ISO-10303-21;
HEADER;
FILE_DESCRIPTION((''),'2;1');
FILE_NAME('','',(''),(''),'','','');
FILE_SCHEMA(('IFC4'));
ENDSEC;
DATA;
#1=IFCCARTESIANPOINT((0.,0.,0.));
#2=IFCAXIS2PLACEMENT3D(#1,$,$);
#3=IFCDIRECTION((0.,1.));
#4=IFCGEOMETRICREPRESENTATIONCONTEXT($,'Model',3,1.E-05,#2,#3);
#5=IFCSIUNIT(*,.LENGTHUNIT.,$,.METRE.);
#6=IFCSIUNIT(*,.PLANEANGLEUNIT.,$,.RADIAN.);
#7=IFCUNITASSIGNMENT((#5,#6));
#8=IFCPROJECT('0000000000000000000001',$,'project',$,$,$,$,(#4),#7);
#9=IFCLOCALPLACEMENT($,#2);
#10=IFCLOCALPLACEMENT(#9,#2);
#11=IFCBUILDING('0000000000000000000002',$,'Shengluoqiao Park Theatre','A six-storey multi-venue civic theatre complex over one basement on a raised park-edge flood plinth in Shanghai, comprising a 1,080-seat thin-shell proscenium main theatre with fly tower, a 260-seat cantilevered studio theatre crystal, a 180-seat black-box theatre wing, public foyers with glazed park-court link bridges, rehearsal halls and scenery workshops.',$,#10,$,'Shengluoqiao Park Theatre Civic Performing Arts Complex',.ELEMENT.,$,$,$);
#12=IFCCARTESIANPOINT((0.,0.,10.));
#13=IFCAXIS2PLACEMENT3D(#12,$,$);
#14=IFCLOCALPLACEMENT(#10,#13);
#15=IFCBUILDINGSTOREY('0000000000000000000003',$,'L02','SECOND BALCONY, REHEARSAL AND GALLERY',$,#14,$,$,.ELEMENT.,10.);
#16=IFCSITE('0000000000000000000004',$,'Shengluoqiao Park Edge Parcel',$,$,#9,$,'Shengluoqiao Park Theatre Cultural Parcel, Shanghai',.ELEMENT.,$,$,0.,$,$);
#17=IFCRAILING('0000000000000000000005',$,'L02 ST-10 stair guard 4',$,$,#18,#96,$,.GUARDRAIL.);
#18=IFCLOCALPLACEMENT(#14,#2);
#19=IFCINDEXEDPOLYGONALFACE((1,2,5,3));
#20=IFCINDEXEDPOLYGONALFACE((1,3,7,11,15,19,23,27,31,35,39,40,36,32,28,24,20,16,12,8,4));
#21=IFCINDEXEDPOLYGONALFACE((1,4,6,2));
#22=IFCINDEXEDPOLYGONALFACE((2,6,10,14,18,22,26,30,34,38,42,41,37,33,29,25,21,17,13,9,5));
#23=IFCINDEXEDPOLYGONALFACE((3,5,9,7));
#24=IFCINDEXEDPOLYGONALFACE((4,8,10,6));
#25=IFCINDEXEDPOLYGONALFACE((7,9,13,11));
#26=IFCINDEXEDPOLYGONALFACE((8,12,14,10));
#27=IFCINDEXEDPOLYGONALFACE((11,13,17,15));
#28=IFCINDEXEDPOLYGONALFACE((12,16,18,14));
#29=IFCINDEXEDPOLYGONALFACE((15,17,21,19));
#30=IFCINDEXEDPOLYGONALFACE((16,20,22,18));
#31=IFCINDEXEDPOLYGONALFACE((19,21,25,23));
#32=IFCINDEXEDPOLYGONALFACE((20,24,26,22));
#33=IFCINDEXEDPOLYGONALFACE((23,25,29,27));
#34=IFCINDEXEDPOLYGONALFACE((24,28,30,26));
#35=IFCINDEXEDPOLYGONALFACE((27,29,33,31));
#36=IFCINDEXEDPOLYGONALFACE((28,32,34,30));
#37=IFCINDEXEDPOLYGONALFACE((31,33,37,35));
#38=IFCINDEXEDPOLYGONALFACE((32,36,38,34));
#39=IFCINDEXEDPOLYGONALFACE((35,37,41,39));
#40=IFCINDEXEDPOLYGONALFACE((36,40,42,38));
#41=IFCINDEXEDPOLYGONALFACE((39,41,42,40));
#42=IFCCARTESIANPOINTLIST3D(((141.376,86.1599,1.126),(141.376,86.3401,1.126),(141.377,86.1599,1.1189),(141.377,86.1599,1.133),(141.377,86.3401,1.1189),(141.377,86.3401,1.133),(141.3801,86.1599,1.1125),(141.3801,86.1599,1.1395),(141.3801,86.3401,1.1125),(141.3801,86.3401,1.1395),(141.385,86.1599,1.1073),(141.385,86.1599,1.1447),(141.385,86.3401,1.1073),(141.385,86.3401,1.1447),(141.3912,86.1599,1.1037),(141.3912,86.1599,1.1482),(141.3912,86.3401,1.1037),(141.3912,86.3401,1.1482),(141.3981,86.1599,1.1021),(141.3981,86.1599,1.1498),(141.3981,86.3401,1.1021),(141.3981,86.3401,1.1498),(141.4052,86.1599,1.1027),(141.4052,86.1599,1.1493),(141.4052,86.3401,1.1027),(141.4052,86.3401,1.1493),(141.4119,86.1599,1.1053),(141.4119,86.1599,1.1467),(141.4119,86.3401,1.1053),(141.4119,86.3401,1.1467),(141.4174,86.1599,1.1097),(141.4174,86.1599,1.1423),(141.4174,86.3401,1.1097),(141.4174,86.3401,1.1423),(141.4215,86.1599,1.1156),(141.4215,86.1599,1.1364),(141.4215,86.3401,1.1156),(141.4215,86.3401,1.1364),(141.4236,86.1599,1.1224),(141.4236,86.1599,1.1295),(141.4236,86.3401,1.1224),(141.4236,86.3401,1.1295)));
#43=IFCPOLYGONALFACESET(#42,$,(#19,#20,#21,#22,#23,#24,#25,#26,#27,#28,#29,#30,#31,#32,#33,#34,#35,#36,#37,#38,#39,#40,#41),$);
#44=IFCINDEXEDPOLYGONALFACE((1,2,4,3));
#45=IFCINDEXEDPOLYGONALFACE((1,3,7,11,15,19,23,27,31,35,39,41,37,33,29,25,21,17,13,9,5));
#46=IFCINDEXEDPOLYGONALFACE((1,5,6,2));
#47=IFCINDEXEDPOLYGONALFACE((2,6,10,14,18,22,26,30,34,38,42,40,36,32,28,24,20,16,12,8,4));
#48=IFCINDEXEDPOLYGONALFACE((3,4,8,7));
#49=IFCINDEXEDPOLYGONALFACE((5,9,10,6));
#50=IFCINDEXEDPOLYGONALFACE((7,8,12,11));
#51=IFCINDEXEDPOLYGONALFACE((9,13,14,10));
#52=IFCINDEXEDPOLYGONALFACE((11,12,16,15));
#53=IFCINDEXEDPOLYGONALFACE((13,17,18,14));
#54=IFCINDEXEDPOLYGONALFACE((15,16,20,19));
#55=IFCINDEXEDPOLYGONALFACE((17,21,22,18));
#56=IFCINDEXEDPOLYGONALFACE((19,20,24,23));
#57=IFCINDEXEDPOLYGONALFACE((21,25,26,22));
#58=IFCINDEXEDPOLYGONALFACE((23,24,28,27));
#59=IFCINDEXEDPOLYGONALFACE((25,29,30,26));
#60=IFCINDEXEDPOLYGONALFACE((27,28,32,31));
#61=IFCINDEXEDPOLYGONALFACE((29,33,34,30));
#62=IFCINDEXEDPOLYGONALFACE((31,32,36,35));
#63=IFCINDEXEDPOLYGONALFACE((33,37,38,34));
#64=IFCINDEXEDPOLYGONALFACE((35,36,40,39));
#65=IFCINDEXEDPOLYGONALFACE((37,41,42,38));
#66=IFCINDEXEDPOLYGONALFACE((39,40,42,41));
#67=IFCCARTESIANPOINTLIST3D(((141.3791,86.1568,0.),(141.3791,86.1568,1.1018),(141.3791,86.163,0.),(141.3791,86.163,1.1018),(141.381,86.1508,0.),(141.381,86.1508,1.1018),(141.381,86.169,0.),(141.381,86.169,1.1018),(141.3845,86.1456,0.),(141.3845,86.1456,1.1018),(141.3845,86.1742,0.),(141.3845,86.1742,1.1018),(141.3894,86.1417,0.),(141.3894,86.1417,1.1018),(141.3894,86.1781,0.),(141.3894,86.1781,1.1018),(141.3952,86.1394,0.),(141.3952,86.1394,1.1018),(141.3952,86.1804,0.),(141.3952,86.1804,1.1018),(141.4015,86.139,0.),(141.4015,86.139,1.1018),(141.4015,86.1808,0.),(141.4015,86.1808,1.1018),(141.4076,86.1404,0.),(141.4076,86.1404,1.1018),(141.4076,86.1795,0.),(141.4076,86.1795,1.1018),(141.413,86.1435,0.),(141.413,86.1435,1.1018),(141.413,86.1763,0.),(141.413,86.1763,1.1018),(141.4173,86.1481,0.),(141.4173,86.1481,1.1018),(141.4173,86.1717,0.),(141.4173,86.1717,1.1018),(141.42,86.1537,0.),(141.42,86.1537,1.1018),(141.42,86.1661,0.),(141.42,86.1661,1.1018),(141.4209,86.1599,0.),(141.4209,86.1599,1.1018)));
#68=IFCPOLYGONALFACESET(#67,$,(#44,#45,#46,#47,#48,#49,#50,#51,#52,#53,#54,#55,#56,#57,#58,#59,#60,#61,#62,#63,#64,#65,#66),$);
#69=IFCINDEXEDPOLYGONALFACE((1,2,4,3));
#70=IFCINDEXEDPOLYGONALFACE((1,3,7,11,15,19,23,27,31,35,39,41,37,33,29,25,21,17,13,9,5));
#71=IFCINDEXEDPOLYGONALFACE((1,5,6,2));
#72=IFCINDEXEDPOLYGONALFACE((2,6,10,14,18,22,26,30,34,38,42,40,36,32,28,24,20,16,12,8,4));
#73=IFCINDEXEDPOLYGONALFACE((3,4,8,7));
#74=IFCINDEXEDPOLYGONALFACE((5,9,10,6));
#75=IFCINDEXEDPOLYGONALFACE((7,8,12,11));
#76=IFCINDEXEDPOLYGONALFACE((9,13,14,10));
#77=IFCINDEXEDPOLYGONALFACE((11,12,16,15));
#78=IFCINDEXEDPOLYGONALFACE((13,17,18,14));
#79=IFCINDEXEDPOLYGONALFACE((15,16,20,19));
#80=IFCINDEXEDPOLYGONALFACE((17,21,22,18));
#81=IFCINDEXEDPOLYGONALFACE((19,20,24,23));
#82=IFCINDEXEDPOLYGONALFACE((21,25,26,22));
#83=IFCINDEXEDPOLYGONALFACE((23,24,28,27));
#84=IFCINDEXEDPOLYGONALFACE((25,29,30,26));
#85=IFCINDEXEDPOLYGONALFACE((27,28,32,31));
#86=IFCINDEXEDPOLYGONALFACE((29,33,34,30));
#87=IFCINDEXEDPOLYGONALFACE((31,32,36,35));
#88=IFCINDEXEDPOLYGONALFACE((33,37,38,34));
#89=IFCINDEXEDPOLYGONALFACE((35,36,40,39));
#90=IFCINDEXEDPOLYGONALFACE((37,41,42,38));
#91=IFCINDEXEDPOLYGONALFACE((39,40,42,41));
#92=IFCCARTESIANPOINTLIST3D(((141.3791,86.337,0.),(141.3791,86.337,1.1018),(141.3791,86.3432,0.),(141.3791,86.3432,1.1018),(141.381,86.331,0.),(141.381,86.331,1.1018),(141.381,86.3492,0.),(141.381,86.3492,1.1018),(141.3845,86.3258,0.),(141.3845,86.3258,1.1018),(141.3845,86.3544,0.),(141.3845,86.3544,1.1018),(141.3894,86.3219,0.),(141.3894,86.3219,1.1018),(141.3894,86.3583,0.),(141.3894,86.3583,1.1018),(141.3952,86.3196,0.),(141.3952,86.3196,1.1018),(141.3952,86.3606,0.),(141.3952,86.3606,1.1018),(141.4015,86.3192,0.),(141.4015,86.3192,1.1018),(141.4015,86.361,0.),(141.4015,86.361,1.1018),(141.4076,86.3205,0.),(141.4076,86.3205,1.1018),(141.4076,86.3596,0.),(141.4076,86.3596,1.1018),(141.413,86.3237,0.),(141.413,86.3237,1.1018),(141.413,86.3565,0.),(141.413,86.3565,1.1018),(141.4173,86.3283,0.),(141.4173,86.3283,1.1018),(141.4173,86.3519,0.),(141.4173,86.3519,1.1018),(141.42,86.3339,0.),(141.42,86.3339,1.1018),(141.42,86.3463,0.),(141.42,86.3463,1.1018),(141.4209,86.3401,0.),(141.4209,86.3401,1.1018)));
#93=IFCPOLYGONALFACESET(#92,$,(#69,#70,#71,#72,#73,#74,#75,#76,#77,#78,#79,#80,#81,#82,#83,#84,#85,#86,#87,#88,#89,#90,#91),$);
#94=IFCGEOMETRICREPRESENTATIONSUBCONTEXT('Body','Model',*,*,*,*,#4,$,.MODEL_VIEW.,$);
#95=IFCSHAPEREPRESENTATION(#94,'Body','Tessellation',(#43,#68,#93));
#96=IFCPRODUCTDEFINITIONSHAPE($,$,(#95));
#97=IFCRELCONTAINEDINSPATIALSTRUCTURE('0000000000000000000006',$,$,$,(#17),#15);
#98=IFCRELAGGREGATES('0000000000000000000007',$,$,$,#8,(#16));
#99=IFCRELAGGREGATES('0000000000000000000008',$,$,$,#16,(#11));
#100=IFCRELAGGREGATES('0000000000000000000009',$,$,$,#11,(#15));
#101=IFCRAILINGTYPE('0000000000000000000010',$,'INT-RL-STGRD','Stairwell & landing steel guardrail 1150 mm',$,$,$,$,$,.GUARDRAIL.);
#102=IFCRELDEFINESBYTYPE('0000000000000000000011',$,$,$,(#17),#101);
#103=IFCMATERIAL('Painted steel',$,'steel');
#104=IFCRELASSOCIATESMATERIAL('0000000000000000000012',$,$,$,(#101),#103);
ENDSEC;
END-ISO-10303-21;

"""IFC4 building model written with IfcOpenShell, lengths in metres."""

from ifc_helpers import new_model, si_unit, direction, frame, origin, origin_2d, place, context, subcontext, project, spatial, circle, extrude, material, type_object, element, save


model = new_model("IFC4")

# Units and contexts
model_context = context("Model", 3, precision=1e-05, world=origin(), true_north=direction((0.0, 1.0)))
body_context = subcontext(model_context, "Body", "Model", "MODEL_VIEW")
ifc_project = project(units=[si_unit("LENGTHUNIT", "METRE"), si_unit("PLANEANGLEUNIT", "RADIAN")], contexts=[model_context])

# Site, building, storey
site_placement = place(None, origin())
site = spatial("IfcSite", under=ifc_project, at=site_placement, Name="Shengluoqiao Park Edge Parcel", LongName="Shengluoqiao Park Theatre Cultural Parcel, Shanghai", CompositionType="ELEMENT", RefElevation=0.0)
building_placement = place(site_placement, origin())
building = spatial("IfcBuilding", under=site, at=building_placement, Name="Shengluoqiao Park Theatre", Description="A six-storey multi-venue civic theatre complex over one basement on a raised park-edge flood plinth in Shanghai, comprising a 1,080-seat thin-shell proscenium main theatre with fly tower, a 260-seat cantilevered studio theatre crystal, a 180-seat black-box theatre wing, public foyers with glazed park-court link bridges, rehearsal halls and scenery workshops.", LongName="Shengluoqiao Park Theatre Civic Performing Arts Complex", CompositionType="ELEMENT")
storey_placement = place(building_placement, frame((0.0, 0.0, 10.0)))
storey = spatial("IfcBuildingStorey", under=building, at=storey_placement, Name="L02", Description="SECOND BALCONY, REHEARSAL AND GALLERY", CompositionType="ELEMENT", Elevation=10.0)

# Railing
ifc_material_1 = material(Name="Painted steel", Category="steel")
railing_type_1 = type_object("IfcRailingType", Name="INT-RL-STGRD", Description="Stairwell & landing steel guardrail 1150 mm", PredefinedType="GUARDRAIL", material=ifc_material_1)
railing_1_placement = place(storey_placement, frame((141.3999, 86.1599, 0.0)))
element("IfcRailing", 1, at=railing_1_placement, inside=storey, type_object=railing_type_1, Name="L02 ST-10 stair guard 4", PredefinedType="GUARDRAIL", context=body_context, shape_type="SweptSolid", body=[
    extrude(circle(Radius=0.0239, at=origin_2d()), frame((0.0, 0.0, 1.126), z_axis=(0.0, 1.0, 0.0), x_axis=(-1.0, 0.0, 0.0)), (0.0, 0.0, 1.0), 0.1802),
    extrude(circle(Radius=0.021, at=origin_2d()), origin(), (0.0, 0.0, 1.0), 1.1018),
    extrude(circle(Radius=0.021, at=origin_2d()), frame((0.0, 0.1802, 0.0)), (0.0, 0.0, 1.0), 1.1018),
])

save(model, "model.ifc")
